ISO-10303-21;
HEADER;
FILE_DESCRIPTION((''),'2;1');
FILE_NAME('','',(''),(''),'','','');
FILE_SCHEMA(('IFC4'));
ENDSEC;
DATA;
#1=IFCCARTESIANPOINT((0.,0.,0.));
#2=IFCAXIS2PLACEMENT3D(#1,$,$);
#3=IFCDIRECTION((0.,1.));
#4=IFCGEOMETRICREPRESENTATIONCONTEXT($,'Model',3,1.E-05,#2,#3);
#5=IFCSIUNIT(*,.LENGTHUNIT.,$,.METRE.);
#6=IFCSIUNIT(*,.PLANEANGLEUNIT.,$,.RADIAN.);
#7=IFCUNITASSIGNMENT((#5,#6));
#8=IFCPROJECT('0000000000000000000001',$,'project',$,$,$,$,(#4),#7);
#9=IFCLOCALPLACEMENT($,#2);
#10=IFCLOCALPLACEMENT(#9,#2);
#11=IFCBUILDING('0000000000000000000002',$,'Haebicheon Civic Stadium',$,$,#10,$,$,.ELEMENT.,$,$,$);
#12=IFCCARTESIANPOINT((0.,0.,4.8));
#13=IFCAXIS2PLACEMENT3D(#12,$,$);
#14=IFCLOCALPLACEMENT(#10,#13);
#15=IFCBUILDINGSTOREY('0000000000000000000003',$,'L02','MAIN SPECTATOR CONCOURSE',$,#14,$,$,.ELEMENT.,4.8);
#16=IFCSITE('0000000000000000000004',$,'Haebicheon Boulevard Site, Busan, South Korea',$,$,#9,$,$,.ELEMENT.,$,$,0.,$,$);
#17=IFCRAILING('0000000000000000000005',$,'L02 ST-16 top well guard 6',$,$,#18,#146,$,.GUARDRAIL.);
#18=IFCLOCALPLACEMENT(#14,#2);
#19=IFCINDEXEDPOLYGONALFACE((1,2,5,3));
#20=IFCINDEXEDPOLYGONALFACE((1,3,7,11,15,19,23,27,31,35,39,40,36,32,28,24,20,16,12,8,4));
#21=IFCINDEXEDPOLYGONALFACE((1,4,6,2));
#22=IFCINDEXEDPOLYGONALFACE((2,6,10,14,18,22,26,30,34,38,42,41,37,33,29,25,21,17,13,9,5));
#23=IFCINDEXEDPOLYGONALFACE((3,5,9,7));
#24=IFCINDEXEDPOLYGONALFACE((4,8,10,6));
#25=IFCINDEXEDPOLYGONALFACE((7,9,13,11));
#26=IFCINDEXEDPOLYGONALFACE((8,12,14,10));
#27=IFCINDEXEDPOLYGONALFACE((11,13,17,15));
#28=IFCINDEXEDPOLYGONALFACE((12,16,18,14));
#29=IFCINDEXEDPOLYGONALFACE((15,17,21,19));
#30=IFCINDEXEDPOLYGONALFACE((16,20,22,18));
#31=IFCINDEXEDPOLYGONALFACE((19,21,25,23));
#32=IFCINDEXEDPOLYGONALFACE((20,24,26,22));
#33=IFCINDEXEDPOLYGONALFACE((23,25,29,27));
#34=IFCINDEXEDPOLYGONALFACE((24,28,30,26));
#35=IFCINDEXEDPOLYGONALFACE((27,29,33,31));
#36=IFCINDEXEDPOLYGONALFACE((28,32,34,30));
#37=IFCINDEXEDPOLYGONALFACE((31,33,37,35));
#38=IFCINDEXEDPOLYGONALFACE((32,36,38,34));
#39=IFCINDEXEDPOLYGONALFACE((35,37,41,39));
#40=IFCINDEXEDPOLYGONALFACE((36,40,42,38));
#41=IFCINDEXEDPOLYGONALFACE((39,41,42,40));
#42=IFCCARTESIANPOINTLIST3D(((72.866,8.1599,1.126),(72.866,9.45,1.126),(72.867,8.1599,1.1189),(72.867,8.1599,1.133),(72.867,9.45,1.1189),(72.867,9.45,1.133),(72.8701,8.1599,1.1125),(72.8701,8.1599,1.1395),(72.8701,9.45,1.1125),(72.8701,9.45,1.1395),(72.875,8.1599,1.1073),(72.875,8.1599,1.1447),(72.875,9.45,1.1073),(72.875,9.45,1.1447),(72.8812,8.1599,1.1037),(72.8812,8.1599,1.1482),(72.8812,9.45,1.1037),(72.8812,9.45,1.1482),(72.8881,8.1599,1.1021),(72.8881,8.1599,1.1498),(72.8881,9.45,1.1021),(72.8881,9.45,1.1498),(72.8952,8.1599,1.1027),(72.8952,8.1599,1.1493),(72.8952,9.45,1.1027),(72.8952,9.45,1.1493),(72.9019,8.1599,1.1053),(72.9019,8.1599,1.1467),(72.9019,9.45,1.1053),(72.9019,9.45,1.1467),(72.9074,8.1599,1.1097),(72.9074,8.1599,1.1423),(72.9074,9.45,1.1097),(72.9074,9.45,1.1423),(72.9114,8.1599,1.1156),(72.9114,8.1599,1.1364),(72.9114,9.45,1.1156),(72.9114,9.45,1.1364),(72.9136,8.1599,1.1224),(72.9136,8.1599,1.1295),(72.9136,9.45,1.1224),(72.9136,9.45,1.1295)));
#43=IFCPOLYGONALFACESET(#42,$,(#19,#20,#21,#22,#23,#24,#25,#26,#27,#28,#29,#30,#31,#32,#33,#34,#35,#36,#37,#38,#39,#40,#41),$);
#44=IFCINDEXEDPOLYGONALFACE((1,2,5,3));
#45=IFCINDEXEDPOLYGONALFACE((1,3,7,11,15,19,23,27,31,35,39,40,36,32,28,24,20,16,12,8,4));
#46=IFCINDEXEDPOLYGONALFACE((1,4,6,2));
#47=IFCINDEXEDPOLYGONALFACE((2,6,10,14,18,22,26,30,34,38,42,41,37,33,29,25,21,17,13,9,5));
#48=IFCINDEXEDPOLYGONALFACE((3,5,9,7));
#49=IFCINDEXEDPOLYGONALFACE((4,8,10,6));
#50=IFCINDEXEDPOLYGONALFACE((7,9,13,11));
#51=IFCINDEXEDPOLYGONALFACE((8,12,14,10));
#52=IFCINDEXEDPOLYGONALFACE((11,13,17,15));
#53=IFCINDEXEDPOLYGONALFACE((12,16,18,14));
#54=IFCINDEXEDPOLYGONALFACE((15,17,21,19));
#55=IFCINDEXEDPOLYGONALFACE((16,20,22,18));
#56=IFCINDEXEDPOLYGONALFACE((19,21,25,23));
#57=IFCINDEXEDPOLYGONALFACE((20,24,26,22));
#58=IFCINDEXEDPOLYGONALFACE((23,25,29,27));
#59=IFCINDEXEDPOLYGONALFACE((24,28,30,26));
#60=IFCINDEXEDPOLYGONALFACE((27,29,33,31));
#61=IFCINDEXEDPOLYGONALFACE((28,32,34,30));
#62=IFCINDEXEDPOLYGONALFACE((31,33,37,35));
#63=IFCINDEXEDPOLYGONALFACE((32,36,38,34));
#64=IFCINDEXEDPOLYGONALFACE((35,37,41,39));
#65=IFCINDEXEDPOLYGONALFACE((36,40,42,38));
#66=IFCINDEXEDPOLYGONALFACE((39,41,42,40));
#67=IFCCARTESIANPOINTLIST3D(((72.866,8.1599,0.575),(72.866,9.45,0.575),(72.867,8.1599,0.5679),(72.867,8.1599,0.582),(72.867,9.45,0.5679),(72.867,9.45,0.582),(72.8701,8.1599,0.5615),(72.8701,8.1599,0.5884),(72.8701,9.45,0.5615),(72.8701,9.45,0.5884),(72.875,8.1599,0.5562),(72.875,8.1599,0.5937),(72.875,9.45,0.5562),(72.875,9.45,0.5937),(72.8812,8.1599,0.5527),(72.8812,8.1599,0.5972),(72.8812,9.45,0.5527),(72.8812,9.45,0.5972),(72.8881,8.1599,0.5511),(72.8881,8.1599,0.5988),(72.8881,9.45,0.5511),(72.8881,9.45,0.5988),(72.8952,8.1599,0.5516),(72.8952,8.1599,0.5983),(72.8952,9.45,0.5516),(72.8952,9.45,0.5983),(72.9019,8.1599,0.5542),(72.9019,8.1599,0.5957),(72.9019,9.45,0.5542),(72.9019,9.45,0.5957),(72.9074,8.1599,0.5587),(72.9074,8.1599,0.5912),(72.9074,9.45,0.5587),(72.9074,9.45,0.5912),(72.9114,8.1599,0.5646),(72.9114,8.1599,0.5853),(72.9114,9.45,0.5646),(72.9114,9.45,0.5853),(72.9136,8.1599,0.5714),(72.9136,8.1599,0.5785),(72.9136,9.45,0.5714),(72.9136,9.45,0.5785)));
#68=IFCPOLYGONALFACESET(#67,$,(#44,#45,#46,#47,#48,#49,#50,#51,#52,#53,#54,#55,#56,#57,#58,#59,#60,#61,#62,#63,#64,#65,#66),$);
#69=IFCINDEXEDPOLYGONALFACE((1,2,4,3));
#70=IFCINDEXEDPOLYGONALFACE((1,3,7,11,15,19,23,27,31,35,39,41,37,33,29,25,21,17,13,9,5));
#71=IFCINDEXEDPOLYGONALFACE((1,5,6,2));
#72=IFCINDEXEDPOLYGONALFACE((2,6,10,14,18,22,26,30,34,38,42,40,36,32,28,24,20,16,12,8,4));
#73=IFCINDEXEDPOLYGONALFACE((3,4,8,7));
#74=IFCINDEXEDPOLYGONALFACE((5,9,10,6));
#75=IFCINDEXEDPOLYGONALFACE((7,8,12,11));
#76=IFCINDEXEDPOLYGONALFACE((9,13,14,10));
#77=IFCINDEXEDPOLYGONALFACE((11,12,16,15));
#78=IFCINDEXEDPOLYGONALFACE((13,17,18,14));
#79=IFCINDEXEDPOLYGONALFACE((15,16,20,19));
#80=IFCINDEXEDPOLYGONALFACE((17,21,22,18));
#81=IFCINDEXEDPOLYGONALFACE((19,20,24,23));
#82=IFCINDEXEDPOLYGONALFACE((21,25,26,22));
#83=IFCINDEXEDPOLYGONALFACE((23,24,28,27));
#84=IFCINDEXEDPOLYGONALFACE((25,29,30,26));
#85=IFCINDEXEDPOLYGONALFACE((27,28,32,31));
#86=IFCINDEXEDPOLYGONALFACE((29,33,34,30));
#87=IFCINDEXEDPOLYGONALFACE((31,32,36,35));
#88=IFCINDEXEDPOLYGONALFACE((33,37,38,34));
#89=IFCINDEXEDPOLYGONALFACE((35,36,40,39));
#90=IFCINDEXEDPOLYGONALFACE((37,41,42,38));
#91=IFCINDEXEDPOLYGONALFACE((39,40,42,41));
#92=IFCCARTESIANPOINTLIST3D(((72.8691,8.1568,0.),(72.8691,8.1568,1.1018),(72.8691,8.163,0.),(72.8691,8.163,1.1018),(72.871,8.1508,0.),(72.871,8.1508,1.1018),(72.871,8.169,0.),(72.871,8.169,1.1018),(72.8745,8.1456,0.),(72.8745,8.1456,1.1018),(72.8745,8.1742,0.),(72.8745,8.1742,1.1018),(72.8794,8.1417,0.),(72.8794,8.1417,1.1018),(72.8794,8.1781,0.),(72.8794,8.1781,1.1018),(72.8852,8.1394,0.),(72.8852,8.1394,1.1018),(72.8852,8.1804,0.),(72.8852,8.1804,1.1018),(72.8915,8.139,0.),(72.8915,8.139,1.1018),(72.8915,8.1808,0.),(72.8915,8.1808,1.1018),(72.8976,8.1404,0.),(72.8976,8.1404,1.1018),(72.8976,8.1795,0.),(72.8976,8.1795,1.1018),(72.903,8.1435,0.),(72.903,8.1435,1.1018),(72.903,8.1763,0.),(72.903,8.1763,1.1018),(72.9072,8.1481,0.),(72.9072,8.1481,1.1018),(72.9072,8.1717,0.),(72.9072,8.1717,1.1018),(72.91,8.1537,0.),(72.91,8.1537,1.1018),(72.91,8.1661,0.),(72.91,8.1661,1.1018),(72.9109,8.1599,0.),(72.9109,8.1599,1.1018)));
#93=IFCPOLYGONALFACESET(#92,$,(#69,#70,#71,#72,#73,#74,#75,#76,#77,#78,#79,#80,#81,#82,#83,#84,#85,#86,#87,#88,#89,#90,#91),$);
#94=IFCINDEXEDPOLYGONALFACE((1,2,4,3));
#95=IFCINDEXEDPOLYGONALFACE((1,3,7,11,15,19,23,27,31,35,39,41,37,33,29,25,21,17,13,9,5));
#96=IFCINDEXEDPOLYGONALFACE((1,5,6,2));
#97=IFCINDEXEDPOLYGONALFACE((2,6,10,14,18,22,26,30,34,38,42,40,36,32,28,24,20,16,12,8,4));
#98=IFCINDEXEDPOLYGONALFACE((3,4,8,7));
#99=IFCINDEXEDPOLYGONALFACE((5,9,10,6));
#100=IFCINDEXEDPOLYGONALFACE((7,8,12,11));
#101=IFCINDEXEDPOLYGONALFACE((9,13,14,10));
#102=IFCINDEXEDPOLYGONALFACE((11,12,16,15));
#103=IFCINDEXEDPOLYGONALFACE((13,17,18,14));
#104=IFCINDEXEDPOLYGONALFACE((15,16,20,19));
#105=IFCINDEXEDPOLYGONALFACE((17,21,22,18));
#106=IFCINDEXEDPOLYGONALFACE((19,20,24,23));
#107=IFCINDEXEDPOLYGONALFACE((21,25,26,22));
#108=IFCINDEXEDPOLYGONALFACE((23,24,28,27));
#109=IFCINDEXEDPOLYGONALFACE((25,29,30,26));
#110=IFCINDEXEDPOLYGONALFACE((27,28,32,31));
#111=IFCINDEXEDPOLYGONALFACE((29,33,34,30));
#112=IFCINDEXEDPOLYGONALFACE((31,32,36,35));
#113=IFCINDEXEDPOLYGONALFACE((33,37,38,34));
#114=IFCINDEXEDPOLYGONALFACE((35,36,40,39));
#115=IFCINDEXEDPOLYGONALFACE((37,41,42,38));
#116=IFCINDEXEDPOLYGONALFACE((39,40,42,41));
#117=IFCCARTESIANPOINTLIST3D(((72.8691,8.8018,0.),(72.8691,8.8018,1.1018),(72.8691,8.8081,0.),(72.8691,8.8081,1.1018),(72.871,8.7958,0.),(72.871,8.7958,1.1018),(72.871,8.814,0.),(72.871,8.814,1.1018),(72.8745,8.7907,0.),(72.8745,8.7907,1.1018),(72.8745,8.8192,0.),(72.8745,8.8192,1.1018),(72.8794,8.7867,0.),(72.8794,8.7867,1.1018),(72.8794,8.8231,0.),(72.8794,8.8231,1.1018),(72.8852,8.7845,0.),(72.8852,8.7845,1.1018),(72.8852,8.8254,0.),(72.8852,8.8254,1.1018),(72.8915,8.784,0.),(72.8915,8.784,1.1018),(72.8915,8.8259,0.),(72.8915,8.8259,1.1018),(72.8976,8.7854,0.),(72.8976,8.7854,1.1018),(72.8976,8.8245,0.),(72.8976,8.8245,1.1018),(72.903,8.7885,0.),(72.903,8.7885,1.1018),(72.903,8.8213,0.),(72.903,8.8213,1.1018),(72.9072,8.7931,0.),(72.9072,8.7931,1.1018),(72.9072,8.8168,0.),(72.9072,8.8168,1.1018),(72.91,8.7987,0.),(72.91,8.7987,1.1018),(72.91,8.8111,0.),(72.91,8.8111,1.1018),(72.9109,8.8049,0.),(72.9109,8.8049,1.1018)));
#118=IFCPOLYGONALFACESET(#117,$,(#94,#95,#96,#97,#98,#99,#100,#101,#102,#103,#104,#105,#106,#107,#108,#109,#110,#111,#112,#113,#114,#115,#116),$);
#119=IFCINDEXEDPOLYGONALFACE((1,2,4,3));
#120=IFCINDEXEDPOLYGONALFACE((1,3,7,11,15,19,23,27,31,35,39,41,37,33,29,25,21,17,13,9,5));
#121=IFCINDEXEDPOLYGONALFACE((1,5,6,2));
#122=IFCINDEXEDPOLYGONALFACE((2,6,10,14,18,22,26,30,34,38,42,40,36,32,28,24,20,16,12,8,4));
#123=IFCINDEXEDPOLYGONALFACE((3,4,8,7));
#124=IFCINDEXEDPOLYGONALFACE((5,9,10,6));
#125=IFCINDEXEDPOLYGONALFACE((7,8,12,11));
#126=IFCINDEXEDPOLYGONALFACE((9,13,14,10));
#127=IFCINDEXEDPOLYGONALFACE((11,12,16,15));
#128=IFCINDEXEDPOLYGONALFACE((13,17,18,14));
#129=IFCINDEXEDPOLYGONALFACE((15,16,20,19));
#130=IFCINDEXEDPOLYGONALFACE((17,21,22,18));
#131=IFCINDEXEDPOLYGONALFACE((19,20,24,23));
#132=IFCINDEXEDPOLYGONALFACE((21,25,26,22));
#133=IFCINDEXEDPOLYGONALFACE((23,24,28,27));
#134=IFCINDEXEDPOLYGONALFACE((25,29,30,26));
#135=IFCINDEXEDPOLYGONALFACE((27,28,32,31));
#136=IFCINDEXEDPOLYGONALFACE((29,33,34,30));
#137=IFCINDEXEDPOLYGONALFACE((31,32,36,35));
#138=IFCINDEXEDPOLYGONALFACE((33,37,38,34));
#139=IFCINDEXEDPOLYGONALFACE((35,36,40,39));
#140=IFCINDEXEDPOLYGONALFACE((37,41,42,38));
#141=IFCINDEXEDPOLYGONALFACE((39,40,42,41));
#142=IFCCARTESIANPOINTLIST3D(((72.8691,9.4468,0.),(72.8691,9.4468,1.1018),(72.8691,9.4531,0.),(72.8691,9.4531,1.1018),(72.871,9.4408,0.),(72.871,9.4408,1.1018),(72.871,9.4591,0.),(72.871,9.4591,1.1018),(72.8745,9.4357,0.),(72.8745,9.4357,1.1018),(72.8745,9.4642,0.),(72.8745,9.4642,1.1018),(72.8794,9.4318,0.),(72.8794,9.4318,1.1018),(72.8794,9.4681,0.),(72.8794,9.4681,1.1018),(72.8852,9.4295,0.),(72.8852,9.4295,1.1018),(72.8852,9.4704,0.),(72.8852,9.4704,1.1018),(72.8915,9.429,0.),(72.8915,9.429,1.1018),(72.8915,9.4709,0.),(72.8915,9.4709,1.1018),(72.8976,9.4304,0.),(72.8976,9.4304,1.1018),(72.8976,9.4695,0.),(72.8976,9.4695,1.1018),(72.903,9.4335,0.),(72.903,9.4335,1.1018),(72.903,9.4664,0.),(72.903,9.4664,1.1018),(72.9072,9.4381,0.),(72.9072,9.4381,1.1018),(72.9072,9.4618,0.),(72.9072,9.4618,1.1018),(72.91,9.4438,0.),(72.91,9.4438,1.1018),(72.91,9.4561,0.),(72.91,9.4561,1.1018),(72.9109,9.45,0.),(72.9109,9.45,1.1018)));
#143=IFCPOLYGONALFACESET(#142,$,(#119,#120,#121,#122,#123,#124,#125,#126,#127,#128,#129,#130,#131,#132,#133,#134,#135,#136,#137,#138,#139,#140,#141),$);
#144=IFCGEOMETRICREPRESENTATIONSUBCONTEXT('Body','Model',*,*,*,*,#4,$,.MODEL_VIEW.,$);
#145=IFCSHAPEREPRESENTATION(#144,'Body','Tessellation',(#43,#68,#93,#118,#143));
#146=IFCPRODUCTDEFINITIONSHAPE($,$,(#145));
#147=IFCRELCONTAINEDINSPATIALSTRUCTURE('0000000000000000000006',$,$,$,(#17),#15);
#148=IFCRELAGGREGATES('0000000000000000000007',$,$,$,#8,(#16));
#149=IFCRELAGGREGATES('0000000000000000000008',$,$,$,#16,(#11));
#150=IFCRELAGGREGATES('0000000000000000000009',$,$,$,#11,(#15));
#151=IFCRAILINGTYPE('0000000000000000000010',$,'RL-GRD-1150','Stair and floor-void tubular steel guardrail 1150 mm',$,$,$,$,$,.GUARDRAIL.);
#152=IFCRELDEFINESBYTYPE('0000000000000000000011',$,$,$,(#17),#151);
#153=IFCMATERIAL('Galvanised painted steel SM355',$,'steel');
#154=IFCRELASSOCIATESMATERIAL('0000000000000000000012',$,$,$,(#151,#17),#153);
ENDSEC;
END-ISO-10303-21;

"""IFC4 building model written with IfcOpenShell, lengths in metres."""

from ifc_helpers import new_model, si_unit, direction, frame, origin, origin_2d, place, context, subcontext, project, spatial, circle, extrude, material, type_object, element, save


model = new_model("IFC4")

# Units and contexts
model_context = context("Model", 3, precision=1e-05, world=origin(), true_north=direction((0.0, 1.0)))
body_context = subcontext(model_context, "Body", "Model", "MODEL_VIEW")
ifc_project = project(units=[si_unit("LENGTHUNIT", "METRE"), si_unit("PLANEANGLEUNIT", "RADIAN")], contexts=[model_context])

# Site, building, storey
site_placement = place(None, origin())
site = spatial("IfcSite", under=ifc_project, at=site_placement, Name="Haebicheon Boulevard Site, Busan, South Korea", CompositionType="ELEMENT", RefElevation=0.0)
building_placement = place(site_placement, origin())
building = spatial("IfcBuilding", under=site, at=building_placement, Name="Haebicheon Civic Stadium", CompositionType="ELEMENT")
storey_placement = place(building_placement, frame((0.0, 0.0, 4.8)))
storey = spatial("IfcBuildingStorey", under=building, at=storey_placement, Name="L02", Description="MAIN SPECTATOR CONCOURSE", CompositionType="ELEMENT", Elevation=4.8)

# Railing
ifc_material_1 = material(Name="Galvanised painted steel SM355", Category="steel")
railing_type = type_object("IfcRailingType", Name="RL-GRD-1150", Description="Stair and floor-void tubular steel guardrail 1150 mm", PredefinedType="GUARDRAIL", material=ifc_material_1)
for number, where, name in (
    (1, (72.8899, 8.1599, 0.0), "L02 ST-16 top well guard 6"),
):
    element("IfcRailing", number, at=place(storey_placement, frame(where)), inside=storey, type_object=railing_type, material=ifc_material_1, Name=name, PredefinedType="GUARDRAIL", context=body_context, shape_type="SweptSolid", body=[
        extrude(circle(Radius=0.0239, at=origin_2d()), frame((0.0, 0.0, 1.126), z_axis=(0.0, 1.0, 0.0), x_axis=(-1.0, 0.0, 0.0)), (0.0, 0.0, 1.0), 1.29),
        extrude(circle(Radius=0.0239, at=origin_2d()), frame((0.0, 0.0, 0.575), z_axis=(0.0, 1.0, 0.0), x_axis=(-1.0, 0.0, 0.0)), (0.0, 0.0, 1.0), 1.29),
        extrude(circle(Radius=0.021, at=origin_2d()), origin(), (0.0, 0.0, 1.0), 1.1018),
        extrude(circle(Radius=0.021, at=origin_2d()), frame((0.0, 0.645, 0.0)), (0.0, 0.0, 1.0), 1.1018),
        extrude(circle(Radius=0.021, at=origin_2d()), frame((0.0, 1.29, 0.0)), (0.0, 0.0, 1.0), 1.1018),
    ])

save(model, "model.ifc")
